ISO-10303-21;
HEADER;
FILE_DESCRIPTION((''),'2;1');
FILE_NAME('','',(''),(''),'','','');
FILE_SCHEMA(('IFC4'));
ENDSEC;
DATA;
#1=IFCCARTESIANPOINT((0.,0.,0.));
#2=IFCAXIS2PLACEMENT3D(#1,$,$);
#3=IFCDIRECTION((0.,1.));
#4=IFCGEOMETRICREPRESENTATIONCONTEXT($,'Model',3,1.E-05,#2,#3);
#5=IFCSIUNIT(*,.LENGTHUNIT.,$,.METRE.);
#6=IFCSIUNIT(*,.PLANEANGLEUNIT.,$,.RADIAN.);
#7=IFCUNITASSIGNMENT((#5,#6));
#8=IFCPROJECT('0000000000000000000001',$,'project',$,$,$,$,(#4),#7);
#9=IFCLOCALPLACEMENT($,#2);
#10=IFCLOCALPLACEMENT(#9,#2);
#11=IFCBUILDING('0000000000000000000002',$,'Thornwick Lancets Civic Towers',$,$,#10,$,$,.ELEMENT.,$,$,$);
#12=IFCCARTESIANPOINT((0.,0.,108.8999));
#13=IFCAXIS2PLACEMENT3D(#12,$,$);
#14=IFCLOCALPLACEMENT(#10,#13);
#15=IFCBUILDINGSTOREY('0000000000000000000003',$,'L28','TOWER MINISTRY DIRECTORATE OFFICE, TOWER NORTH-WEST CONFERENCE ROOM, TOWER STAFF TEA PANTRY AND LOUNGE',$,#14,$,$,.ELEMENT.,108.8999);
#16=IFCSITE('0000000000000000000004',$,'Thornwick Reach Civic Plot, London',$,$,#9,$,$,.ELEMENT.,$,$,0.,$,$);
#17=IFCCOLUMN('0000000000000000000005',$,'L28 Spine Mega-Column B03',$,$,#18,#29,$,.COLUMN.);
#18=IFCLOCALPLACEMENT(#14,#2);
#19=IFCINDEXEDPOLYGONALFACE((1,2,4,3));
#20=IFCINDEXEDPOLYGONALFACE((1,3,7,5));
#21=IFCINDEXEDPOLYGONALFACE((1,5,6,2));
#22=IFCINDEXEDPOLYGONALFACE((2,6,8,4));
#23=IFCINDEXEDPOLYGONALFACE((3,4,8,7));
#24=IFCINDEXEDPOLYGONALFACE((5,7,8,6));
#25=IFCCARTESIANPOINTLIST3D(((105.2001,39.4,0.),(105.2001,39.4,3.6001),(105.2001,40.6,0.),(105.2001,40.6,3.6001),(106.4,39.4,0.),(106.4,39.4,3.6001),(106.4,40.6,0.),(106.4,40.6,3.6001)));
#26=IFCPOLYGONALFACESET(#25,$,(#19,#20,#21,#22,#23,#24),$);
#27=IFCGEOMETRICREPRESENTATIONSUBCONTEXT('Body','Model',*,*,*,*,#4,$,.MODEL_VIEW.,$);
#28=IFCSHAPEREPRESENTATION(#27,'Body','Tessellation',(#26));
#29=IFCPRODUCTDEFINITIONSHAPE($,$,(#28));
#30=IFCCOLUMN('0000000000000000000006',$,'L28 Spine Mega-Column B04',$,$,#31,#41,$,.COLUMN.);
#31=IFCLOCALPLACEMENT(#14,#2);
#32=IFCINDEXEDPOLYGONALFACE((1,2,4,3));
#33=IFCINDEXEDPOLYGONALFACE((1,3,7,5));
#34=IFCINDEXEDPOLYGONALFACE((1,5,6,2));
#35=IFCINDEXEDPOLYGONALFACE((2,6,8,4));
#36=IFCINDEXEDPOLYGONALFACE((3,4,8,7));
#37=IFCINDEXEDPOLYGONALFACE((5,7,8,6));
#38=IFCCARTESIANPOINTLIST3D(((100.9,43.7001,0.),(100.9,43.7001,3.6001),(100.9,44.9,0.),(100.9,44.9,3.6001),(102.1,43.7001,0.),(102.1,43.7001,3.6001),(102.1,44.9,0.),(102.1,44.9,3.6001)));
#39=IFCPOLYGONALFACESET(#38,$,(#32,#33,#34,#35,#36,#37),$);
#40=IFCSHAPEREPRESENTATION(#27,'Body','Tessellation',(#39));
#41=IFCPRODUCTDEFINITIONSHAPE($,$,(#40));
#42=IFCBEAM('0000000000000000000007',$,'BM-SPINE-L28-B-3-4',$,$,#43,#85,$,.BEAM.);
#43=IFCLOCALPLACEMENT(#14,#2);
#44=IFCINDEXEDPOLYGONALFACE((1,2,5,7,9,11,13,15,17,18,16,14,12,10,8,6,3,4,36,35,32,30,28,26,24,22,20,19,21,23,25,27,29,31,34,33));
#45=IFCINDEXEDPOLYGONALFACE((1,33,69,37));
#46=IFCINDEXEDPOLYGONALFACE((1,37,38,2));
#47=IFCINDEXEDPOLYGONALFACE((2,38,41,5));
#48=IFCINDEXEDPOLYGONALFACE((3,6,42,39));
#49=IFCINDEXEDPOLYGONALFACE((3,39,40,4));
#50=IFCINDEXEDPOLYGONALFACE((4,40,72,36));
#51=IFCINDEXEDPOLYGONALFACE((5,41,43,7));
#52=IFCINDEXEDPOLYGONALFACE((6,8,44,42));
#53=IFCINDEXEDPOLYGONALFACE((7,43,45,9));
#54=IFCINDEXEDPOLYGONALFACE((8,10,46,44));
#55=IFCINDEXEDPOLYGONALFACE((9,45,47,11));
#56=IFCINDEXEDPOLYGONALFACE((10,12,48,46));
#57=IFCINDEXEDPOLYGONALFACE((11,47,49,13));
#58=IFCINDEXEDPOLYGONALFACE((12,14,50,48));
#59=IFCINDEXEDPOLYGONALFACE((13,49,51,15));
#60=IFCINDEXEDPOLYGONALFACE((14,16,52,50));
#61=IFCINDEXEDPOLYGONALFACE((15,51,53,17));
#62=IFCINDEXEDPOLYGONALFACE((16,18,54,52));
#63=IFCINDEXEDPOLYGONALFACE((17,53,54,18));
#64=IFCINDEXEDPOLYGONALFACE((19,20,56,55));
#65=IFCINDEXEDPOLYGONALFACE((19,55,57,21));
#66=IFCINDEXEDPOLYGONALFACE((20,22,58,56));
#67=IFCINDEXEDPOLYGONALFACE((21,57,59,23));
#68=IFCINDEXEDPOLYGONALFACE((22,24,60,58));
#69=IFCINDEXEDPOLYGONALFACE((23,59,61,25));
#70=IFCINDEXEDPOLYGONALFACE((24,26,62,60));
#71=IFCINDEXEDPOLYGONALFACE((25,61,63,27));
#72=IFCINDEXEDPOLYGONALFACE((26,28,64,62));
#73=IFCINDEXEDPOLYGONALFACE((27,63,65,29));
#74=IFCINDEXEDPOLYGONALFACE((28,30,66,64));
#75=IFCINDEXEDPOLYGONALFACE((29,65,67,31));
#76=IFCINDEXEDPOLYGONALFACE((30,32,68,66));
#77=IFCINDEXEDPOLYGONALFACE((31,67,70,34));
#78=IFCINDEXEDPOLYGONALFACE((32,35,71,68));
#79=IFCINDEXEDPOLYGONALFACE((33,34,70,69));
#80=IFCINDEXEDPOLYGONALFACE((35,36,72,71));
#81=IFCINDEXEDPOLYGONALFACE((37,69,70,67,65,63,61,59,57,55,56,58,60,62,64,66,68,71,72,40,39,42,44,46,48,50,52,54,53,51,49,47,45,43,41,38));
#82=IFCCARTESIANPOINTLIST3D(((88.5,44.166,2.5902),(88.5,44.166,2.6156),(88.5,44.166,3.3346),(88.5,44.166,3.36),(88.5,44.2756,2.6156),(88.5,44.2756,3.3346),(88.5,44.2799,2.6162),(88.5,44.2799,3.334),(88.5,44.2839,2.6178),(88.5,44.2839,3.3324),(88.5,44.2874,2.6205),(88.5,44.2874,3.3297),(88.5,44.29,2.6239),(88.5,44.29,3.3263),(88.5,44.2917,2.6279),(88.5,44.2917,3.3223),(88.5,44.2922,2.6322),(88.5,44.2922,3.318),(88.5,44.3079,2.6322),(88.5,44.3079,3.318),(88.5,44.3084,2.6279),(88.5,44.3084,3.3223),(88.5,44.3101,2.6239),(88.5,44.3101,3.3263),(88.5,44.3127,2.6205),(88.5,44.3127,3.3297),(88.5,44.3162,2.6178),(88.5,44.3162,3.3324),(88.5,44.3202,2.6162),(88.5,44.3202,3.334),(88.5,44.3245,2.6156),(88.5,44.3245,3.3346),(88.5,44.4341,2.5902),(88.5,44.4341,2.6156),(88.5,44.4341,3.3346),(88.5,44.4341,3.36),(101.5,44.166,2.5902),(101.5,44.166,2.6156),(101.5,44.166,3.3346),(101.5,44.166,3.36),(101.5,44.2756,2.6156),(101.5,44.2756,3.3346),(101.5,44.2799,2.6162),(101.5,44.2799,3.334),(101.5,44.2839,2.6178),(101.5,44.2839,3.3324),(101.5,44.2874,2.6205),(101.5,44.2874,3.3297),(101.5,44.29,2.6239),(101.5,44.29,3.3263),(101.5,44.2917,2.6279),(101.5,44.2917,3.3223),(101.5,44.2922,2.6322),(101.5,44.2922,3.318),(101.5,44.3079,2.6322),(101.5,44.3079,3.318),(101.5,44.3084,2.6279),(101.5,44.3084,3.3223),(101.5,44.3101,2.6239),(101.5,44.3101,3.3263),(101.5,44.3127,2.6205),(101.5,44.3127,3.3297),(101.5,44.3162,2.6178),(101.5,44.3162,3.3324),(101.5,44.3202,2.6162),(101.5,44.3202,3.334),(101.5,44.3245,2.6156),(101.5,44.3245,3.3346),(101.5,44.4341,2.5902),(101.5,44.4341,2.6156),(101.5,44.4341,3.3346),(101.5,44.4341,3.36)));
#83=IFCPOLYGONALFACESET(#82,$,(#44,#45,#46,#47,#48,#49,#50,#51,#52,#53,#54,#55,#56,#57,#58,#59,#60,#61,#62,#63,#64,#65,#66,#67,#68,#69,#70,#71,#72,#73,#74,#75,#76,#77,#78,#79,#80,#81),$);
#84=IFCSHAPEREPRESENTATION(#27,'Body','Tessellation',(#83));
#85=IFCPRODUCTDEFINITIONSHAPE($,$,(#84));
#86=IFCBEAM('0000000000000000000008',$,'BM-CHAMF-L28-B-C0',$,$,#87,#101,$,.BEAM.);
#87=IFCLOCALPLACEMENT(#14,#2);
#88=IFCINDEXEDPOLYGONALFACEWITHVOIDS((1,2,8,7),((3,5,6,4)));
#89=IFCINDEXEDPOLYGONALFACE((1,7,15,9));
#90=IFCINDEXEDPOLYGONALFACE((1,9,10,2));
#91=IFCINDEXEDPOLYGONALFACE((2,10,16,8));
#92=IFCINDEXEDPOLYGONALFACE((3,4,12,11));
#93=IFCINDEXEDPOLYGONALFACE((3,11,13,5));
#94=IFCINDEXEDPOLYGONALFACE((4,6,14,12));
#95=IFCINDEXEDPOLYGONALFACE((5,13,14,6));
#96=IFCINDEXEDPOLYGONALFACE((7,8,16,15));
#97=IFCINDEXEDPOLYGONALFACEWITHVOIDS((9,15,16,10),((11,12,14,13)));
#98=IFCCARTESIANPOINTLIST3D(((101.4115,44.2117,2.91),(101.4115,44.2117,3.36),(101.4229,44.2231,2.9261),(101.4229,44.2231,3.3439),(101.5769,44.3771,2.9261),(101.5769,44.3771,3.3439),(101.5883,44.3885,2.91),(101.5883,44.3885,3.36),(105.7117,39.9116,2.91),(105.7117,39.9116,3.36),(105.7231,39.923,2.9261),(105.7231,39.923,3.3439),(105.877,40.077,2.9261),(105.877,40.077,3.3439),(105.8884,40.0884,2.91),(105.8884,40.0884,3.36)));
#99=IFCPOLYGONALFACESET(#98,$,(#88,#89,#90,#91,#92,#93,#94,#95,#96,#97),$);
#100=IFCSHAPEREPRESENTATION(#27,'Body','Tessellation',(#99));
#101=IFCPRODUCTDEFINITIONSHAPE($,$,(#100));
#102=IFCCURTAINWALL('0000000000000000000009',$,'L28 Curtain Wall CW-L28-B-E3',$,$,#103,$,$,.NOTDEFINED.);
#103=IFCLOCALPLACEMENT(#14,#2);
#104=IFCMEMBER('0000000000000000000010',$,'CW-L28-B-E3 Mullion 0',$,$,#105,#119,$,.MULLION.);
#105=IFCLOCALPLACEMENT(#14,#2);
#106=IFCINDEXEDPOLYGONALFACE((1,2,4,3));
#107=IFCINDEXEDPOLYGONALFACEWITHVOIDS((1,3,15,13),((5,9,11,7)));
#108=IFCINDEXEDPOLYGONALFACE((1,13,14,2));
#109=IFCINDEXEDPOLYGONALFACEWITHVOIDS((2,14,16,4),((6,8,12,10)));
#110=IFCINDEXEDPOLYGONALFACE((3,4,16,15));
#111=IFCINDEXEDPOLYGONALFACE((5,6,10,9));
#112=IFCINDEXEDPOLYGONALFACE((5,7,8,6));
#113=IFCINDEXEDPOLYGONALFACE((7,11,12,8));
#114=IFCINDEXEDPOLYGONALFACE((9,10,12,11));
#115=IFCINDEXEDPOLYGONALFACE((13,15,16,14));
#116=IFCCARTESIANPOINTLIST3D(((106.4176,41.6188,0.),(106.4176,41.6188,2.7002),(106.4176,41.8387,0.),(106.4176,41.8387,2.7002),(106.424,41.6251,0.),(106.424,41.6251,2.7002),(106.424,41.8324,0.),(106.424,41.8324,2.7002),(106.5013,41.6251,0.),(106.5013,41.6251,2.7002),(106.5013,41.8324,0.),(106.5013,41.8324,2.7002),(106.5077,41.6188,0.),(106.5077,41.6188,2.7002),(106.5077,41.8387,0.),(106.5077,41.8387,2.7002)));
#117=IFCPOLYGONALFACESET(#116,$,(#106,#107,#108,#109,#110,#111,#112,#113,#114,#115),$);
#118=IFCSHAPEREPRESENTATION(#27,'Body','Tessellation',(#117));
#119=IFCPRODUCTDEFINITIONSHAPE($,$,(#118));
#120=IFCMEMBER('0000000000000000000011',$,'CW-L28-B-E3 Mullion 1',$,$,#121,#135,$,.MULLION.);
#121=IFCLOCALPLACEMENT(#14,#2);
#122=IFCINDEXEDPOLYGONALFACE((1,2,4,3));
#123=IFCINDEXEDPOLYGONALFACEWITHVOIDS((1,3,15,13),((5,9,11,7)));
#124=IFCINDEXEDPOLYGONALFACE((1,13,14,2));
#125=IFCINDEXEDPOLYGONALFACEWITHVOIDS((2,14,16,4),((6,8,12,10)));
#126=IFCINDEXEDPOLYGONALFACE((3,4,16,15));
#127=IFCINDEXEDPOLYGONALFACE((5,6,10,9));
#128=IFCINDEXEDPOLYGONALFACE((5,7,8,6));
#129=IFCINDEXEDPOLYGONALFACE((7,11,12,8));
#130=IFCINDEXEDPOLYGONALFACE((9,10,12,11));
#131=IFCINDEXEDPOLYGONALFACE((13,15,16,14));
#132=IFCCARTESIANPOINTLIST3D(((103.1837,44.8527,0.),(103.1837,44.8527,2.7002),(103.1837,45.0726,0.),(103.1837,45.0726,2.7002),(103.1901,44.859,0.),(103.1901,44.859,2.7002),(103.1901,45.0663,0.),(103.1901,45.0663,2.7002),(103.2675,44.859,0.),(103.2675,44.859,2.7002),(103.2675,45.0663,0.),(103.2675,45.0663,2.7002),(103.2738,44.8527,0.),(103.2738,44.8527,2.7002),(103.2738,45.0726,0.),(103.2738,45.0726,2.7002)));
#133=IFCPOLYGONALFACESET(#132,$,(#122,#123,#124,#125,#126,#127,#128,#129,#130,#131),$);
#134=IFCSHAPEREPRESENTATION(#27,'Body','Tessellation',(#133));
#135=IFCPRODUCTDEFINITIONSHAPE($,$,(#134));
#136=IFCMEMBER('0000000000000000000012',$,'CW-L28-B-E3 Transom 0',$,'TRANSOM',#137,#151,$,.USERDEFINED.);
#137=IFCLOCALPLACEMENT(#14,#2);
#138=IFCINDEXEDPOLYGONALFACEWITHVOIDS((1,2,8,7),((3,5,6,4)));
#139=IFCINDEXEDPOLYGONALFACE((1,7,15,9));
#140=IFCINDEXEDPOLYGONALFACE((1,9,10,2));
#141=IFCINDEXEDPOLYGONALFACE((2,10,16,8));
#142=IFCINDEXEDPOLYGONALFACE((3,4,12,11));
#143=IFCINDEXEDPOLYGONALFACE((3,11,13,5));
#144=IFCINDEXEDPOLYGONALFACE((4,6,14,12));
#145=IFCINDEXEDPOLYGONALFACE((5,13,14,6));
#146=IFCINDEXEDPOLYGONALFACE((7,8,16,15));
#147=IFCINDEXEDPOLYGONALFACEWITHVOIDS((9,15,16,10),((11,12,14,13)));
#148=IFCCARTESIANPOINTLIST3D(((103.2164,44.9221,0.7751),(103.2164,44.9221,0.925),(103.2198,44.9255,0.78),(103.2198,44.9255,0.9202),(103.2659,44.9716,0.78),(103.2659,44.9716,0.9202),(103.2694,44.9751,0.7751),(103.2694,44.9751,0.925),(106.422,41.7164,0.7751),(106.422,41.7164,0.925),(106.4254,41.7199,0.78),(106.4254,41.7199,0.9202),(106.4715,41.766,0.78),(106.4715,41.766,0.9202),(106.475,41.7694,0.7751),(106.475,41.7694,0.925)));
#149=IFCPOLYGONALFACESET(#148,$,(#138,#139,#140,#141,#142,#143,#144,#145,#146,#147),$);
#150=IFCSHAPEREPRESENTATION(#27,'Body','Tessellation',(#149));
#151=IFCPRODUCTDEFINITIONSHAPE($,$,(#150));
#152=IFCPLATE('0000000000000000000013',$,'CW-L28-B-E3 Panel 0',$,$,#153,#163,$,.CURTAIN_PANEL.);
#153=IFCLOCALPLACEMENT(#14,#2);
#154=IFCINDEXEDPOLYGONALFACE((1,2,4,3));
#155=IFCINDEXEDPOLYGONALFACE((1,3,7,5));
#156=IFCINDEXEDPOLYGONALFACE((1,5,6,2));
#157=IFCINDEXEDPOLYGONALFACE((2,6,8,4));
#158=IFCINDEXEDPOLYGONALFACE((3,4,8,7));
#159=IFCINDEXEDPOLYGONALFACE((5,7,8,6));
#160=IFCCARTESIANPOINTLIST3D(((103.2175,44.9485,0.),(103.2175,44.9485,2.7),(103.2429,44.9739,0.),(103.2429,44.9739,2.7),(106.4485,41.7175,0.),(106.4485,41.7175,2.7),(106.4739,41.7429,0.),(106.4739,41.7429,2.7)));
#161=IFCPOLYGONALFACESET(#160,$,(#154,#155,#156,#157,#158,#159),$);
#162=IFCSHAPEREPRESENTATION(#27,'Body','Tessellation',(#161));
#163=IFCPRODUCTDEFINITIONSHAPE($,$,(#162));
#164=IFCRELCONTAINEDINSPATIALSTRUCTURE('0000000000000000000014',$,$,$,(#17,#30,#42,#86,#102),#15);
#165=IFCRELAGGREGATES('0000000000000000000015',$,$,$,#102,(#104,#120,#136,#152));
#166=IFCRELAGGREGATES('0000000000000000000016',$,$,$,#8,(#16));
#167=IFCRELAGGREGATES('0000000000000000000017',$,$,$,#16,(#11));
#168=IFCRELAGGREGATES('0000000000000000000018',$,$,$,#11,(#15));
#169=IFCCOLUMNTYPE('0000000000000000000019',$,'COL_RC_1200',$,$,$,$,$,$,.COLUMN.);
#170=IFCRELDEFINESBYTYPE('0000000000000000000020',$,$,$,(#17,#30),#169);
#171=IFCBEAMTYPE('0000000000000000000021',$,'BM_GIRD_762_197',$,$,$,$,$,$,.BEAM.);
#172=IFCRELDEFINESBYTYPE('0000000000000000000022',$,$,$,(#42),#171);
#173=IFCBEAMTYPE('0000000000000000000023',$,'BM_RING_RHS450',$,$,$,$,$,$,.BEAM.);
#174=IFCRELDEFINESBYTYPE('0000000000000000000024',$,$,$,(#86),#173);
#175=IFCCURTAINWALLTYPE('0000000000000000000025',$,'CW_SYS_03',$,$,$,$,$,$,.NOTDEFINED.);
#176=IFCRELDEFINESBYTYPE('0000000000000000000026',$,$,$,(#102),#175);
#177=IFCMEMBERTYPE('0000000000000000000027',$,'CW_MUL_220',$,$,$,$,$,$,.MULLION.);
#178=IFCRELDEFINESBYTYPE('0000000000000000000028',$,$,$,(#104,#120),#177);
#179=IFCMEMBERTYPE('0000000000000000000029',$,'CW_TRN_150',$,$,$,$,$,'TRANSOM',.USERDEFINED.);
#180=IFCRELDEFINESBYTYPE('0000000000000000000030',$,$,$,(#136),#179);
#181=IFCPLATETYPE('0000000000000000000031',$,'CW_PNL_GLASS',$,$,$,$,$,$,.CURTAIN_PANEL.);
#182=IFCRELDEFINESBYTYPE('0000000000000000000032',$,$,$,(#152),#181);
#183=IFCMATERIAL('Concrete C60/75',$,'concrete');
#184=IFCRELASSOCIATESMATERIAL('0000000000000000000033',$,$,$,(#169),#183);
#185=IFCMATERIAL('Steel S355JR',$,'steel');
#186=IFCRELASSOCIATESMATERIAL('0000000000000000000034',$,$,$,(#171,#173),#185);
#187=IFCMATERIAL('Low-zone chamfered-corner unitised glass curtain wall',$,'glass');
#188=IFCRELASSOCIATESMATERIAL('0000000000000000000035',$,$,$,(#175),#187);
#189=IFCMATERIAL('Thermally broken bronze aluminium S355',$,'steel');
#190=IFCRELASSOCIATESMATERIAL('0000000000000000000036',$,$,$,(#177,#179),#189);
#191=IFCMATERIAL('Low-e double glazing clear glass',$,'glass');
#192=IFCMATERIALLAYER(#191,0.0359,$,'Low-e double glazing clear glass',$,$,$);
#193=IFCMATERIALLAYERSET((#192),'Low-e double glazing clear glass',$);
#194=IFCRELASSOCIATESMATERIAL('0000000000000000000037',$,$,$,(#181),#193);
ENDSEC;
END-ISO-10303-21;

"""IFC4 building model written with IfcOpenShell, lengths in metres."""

from ifc_helpers import new_model, si_unit, direction, frame, origin, origin_2d, place, context, subcontext, project, spatial, rectangle, hollow_rectangle, i_section, extrude, material, layer, layer_set, material_profile, profile_set, type_object, element, aggregate, save


model = new_model("IFC4")

# Units and contexts
model_context = context("Model", 3, precision=1e-05, world=origin(), true_north=direction((0.0, 1.0)))
body_context = subcontext(model_context, "Body", "Model", "MODEL_VIEW")
ifc_project = project(units=[si_unit("LENGTHUNIT", "METRE"), si_unit("PLANEANGLEUNIT", "RADIAN")], contexts=[model_context])

# Site, building, storey
site_placement = place(None, origin())
site = spatial("IfcSite", under=ifc_project, at=site_placement, Name="Thornwick Reach Civic Plot, London", CompositionType="ELEMENT", RefElevation=0.0)
building_placement = place(site_placement, origin())
building = spatial("IfcBuilding", under=site, at=building_placement, Name="Thornwick Lancets Civic Towers", CompositionType="ELEMENT")
storey_placement = place(building_placement, frame((0.0, 0.0, 108.8999)))
storey = spatial("IfcBuildingStorey", under=building, at=storey_placement, Name="L28", Description="TOWER MINISTRY DIRECTORATE OFFICE, TOWER NORTH-WEST CONFERENCE ROOM, TOWER STAFF TEA PANTRY AND LOUNGE", CompositionType="ELEMENT", Elevation=108.8999)

# Columns
ifc_material_1 = material(Name="Concrete C60/75", Category="concrete")
ifc_material_profile_1 = material_profile(ifc_material_1, rectangle(XDim=1.2, YDim=1.2, at=origin_2d()), Name="RC 1200x1200")
ifc_profile_set_1 = profile_set([ifc_material_profile_1], Name="Concrete C60/75")
column_type = type_object("IfcColumnType", Name="COL_RC_1200", PredefinedType="COLUMN", material=ifc_profile_set_1)
for number, where, z_axis, x_axis, name in (
    (1, (105.8, 40.0, 0.0), (0.0, 0.0, 1.0), (1.0, 0.0, 0.0), "L28 Spine Mega-Column B03"),
    (2, (101.5, 44.3, 0.0), (0.0, 0.0, 1.0), (1.0, 0.0, 0.0), "L28 Spine Mega-Column B04"),
):
    element("IfcColumn", number, at=place(storey_placement, frame(where, z_axis=z_axis, x_axis=x_axis)), inside=storey, type_object=column_type, Name=name, PredefinedType="COLUMN", context=body_context, shape_type="SweptSolid", body=[
        extrude(rectangle(XDim=1.2, YDim=1.2, at=origin_2d()), origin(), (0.0, 0.0, 1.0), 3.6001),
    ])

# Beams
ifc_material_2 = material(Name="Steel S355JR", Category="steel")
ifc_material_profile_2 = material_profile(ifc_material_2, i_section(OverallWidth=0.2681, OverallDepth=0.7698, WebThickness=0.0156, FlangeThickness=0.0254, FilletRadius=0.0166, at=origin_2d()), Name="UKB 762x267x197")
ifc_profile_set_2 = profile_set([ifc_material_profile_2], Name="Steel S355JR")
beam_type_1 = type_object("IfcBeamType", Name="BM_GIRD_762_197", PredefinedType="BEAM", material=ifc_profile_set_2)
beam_1_placement = place(storey_placement, frame((101.5, 44.3, 2.9751), z_axis=(-1.0, 0.0, 0.0), x_axis=(0.0, -1.0, 0.0)))
element("IfcBeam", 3, at=beam_1_placement, inside=storey, type_object=beam_type_1, Name="BM-SPINE-L28-B-3-4", PredefinedType="BEAM", context=body_context, shape_type="SweptSolid", body=[
    extrude(i_section(OverallWidth=0.2681, OverallDepth=0.7698, WebThickness=0.0156, FlangeThickness=0.0254, FilletRadius=0.0166, at=origin_2d()), origin(), (0.0, 0.0, 1.0), 13.0),
])
ifc_material_profile_3 = material_profile(ifc_material_2, hollow_rectangle(XDim=0.25, YDim=0.45, WallThickness=0.0161, at=origin_2d()), Name="RHS 450x250x16")
ifc_profile_set_3 = profile_set([ifc_material_profile_3], Name="Steel S355JR")
beam_type_2 = type_object("IfcBeamType", Name="BM_RING_RHS450", PredefinedType="BEAM", material=ifc_profile_set_3)
beam_2_placement = place(storey_placement, frame((105.8, 40.0, 3.135), z_axis=(-0.707107, 0.707107, 0.0), x_axis=(-0.707107, -0.707107, 0.0)))
element("IfcBeam", 4, at=beam_2_placement, inside=storey, type_object=beam_type_2, Name="BM-CHAMF-L28-B-C0", PredefinedType="BEAM", context=body_context, shape_type="SweptSolid", body=[
    extrude(hollow_rectangle(XDim=0.25, YDim=0.45, WallThickness=0.0161, at=origin_2d()), origin(), (0.0, 0.0, 1.0), 6.0813),
])

# Curtain wall, members, plate
ifc_material_3 = material(Name="Low-zone chamfered-corner unitised glass curtain wall", Category="glass")
curtain_wall_type = type_object("IfcCurtainWallType", Name="CW_SYS_03", PredefinedType="NOTDEFINED", material=ifc_material_3)
curtain_wall_placement = place(storey_placement, origin())
curtain_wall = element("IfcCurtainWall", 5, at=curtain_wall_placement, inside=storey, type_object=curtain_wall_type, Name="L28 Curtain Wall CW-L28-B-E3", PredefinedType="NOTDEFINED")
ifc_material_4 = material(Name="Thermally broken bronze aluminium S355", Category="steel")
ifc_material_profile_4 = material_profile(ifc_material_4, hollow_rectangle(XDim=0.0901, YDim=0.22, WallThickness=0.0063, at=origin_2d()), Name="RHS 220x90x6.3")
ifc_profile_set_4 = profile_set([ifc_material_profile_4], Name="Thermally broken bronze aluminium S355")
member_type_1 = type_object("IfcMemberType", Name="CW_MUL_220", PredefinedType="MULLION", material=ifc_profile_set_4)
member_1_placement = place(storey_placement, frame((106.4626, 41.7288, 0.0), z_axis=(0.0, 0.0, 1.0), x_axis=(1.0, 0.0, 0.0)))
member_1 = element("IfcMember", 6, at=member_1_placement, type_object=member_type_1, Name="CW-L28-B-E3 Mullion 0", PredefinedType="MULLION", context=body_context, shape_type="SweptSolid", body=[
    extrude(hollow_rectangle(XDim=0.0901, YDim=0.22, WallThickness=0.0063, at=origin_2d()), origin(), (0.0, 0.0, 1.0), 2.7002),
])
member_2_placement = place(storey_placement, frame((103.2288, 44.9626, 0.0), z_axis=(0.0, 0.0, 1.0), x_axis=(1.0, 0.0, 0.0)))
member_2 = element("IfcMember", 7, at=member_2_placement, type_object=member_type_1, Name="CW-L28-B-E3 Mullion 1", PredefinedType="MULLION", context=body_context, shape_type="SweptSolid", body=[
    extrude(hollow_rectangle(XDim=0.0901, YDim=0.22, WallThickness=0.0063, at=origin_2d()), origin(), (0.0, 0.0, 1.0), 2.7002),
])
ifc_material_profile_5 = material_profile(ifc_material_4, hollow_rectangle(XDim=0.075, YDim=0.1499, WallThickness=0.0049, at=origin_2d()), Name="RHS 150x75x5")
ifc_profile_set_5 = profile_set([ifc_material_profile_5], Name="Thermally broken bronze aluminium S355")
member_type_2 = type_object("IfcMemberType", Name="CW_TRN_150", ElementType="TRANSOM", PredefinedType="USERDEFINED", material=ifc_profile_set_5)
member_3_placement = place(storey_placement, frame((106.4485, 41.7429, 0.8501), z_axis=(-0.707107, 0.707107, 0.0), x_axis=(-0.707107, -0.707107, 0.0)))
member_3 = element("IfcMember", 8, at=member_3_placement, type_object=member_type_2, Name="CW-L28-B-E3 Transom 0", ObjectType="TRANSOM", PredefinedType="USERDEFINED", context=body_context, shape_type="SweptSolid", body=[
    extrude(hollow_rectangle(XDim=0.075, YDim=0.1499, WallThickness=0.0049, at=origin_2d()), origin(), (0.0, 0.0, 1.0), 4.5334),
])
ifc_material_5 = material(Name="Low-e double glazing clear glass", Category="glass")
ifc_layer_1 = layer(ifc_material_5, 0.0359, Name="Low-e double glazing clear glass")
ifc_layer_set_1 = layer_set([ifc_layer_1], Name="Low-e double glazing clear glass")
plate_type = type_object("IfcPlateType", Name="CW_PNL_GLASS", PredefinedType="CURTAIN_PANEL", material=ifc_layer_set_1)
plate_placement = place(storey_placement, frame((104.8457, 43.3457, 0.0), z_axis=(0.0, 0.0, 1.0), x_axis=(-0.707107, 0.707107, 0.0)))
plate = element("IfcPlate", 9, at=plate_placement, type_object=plate_type, Name="CW-L28-B-E3 Panel 0", PredefinedType="CURTAIN_PANEL", context=body_context, shape_type="SweptSolid", body=[
    extrude(rectangle(XDim=4.5693, YDim=0.0359, at=origin_2d()), origin(), (0.0, 0.0, 1.0), 2.7),
])
aggregate(curtain_wall, [member_1, member_2, member_3, plate])

save(model, "model.ifc")
